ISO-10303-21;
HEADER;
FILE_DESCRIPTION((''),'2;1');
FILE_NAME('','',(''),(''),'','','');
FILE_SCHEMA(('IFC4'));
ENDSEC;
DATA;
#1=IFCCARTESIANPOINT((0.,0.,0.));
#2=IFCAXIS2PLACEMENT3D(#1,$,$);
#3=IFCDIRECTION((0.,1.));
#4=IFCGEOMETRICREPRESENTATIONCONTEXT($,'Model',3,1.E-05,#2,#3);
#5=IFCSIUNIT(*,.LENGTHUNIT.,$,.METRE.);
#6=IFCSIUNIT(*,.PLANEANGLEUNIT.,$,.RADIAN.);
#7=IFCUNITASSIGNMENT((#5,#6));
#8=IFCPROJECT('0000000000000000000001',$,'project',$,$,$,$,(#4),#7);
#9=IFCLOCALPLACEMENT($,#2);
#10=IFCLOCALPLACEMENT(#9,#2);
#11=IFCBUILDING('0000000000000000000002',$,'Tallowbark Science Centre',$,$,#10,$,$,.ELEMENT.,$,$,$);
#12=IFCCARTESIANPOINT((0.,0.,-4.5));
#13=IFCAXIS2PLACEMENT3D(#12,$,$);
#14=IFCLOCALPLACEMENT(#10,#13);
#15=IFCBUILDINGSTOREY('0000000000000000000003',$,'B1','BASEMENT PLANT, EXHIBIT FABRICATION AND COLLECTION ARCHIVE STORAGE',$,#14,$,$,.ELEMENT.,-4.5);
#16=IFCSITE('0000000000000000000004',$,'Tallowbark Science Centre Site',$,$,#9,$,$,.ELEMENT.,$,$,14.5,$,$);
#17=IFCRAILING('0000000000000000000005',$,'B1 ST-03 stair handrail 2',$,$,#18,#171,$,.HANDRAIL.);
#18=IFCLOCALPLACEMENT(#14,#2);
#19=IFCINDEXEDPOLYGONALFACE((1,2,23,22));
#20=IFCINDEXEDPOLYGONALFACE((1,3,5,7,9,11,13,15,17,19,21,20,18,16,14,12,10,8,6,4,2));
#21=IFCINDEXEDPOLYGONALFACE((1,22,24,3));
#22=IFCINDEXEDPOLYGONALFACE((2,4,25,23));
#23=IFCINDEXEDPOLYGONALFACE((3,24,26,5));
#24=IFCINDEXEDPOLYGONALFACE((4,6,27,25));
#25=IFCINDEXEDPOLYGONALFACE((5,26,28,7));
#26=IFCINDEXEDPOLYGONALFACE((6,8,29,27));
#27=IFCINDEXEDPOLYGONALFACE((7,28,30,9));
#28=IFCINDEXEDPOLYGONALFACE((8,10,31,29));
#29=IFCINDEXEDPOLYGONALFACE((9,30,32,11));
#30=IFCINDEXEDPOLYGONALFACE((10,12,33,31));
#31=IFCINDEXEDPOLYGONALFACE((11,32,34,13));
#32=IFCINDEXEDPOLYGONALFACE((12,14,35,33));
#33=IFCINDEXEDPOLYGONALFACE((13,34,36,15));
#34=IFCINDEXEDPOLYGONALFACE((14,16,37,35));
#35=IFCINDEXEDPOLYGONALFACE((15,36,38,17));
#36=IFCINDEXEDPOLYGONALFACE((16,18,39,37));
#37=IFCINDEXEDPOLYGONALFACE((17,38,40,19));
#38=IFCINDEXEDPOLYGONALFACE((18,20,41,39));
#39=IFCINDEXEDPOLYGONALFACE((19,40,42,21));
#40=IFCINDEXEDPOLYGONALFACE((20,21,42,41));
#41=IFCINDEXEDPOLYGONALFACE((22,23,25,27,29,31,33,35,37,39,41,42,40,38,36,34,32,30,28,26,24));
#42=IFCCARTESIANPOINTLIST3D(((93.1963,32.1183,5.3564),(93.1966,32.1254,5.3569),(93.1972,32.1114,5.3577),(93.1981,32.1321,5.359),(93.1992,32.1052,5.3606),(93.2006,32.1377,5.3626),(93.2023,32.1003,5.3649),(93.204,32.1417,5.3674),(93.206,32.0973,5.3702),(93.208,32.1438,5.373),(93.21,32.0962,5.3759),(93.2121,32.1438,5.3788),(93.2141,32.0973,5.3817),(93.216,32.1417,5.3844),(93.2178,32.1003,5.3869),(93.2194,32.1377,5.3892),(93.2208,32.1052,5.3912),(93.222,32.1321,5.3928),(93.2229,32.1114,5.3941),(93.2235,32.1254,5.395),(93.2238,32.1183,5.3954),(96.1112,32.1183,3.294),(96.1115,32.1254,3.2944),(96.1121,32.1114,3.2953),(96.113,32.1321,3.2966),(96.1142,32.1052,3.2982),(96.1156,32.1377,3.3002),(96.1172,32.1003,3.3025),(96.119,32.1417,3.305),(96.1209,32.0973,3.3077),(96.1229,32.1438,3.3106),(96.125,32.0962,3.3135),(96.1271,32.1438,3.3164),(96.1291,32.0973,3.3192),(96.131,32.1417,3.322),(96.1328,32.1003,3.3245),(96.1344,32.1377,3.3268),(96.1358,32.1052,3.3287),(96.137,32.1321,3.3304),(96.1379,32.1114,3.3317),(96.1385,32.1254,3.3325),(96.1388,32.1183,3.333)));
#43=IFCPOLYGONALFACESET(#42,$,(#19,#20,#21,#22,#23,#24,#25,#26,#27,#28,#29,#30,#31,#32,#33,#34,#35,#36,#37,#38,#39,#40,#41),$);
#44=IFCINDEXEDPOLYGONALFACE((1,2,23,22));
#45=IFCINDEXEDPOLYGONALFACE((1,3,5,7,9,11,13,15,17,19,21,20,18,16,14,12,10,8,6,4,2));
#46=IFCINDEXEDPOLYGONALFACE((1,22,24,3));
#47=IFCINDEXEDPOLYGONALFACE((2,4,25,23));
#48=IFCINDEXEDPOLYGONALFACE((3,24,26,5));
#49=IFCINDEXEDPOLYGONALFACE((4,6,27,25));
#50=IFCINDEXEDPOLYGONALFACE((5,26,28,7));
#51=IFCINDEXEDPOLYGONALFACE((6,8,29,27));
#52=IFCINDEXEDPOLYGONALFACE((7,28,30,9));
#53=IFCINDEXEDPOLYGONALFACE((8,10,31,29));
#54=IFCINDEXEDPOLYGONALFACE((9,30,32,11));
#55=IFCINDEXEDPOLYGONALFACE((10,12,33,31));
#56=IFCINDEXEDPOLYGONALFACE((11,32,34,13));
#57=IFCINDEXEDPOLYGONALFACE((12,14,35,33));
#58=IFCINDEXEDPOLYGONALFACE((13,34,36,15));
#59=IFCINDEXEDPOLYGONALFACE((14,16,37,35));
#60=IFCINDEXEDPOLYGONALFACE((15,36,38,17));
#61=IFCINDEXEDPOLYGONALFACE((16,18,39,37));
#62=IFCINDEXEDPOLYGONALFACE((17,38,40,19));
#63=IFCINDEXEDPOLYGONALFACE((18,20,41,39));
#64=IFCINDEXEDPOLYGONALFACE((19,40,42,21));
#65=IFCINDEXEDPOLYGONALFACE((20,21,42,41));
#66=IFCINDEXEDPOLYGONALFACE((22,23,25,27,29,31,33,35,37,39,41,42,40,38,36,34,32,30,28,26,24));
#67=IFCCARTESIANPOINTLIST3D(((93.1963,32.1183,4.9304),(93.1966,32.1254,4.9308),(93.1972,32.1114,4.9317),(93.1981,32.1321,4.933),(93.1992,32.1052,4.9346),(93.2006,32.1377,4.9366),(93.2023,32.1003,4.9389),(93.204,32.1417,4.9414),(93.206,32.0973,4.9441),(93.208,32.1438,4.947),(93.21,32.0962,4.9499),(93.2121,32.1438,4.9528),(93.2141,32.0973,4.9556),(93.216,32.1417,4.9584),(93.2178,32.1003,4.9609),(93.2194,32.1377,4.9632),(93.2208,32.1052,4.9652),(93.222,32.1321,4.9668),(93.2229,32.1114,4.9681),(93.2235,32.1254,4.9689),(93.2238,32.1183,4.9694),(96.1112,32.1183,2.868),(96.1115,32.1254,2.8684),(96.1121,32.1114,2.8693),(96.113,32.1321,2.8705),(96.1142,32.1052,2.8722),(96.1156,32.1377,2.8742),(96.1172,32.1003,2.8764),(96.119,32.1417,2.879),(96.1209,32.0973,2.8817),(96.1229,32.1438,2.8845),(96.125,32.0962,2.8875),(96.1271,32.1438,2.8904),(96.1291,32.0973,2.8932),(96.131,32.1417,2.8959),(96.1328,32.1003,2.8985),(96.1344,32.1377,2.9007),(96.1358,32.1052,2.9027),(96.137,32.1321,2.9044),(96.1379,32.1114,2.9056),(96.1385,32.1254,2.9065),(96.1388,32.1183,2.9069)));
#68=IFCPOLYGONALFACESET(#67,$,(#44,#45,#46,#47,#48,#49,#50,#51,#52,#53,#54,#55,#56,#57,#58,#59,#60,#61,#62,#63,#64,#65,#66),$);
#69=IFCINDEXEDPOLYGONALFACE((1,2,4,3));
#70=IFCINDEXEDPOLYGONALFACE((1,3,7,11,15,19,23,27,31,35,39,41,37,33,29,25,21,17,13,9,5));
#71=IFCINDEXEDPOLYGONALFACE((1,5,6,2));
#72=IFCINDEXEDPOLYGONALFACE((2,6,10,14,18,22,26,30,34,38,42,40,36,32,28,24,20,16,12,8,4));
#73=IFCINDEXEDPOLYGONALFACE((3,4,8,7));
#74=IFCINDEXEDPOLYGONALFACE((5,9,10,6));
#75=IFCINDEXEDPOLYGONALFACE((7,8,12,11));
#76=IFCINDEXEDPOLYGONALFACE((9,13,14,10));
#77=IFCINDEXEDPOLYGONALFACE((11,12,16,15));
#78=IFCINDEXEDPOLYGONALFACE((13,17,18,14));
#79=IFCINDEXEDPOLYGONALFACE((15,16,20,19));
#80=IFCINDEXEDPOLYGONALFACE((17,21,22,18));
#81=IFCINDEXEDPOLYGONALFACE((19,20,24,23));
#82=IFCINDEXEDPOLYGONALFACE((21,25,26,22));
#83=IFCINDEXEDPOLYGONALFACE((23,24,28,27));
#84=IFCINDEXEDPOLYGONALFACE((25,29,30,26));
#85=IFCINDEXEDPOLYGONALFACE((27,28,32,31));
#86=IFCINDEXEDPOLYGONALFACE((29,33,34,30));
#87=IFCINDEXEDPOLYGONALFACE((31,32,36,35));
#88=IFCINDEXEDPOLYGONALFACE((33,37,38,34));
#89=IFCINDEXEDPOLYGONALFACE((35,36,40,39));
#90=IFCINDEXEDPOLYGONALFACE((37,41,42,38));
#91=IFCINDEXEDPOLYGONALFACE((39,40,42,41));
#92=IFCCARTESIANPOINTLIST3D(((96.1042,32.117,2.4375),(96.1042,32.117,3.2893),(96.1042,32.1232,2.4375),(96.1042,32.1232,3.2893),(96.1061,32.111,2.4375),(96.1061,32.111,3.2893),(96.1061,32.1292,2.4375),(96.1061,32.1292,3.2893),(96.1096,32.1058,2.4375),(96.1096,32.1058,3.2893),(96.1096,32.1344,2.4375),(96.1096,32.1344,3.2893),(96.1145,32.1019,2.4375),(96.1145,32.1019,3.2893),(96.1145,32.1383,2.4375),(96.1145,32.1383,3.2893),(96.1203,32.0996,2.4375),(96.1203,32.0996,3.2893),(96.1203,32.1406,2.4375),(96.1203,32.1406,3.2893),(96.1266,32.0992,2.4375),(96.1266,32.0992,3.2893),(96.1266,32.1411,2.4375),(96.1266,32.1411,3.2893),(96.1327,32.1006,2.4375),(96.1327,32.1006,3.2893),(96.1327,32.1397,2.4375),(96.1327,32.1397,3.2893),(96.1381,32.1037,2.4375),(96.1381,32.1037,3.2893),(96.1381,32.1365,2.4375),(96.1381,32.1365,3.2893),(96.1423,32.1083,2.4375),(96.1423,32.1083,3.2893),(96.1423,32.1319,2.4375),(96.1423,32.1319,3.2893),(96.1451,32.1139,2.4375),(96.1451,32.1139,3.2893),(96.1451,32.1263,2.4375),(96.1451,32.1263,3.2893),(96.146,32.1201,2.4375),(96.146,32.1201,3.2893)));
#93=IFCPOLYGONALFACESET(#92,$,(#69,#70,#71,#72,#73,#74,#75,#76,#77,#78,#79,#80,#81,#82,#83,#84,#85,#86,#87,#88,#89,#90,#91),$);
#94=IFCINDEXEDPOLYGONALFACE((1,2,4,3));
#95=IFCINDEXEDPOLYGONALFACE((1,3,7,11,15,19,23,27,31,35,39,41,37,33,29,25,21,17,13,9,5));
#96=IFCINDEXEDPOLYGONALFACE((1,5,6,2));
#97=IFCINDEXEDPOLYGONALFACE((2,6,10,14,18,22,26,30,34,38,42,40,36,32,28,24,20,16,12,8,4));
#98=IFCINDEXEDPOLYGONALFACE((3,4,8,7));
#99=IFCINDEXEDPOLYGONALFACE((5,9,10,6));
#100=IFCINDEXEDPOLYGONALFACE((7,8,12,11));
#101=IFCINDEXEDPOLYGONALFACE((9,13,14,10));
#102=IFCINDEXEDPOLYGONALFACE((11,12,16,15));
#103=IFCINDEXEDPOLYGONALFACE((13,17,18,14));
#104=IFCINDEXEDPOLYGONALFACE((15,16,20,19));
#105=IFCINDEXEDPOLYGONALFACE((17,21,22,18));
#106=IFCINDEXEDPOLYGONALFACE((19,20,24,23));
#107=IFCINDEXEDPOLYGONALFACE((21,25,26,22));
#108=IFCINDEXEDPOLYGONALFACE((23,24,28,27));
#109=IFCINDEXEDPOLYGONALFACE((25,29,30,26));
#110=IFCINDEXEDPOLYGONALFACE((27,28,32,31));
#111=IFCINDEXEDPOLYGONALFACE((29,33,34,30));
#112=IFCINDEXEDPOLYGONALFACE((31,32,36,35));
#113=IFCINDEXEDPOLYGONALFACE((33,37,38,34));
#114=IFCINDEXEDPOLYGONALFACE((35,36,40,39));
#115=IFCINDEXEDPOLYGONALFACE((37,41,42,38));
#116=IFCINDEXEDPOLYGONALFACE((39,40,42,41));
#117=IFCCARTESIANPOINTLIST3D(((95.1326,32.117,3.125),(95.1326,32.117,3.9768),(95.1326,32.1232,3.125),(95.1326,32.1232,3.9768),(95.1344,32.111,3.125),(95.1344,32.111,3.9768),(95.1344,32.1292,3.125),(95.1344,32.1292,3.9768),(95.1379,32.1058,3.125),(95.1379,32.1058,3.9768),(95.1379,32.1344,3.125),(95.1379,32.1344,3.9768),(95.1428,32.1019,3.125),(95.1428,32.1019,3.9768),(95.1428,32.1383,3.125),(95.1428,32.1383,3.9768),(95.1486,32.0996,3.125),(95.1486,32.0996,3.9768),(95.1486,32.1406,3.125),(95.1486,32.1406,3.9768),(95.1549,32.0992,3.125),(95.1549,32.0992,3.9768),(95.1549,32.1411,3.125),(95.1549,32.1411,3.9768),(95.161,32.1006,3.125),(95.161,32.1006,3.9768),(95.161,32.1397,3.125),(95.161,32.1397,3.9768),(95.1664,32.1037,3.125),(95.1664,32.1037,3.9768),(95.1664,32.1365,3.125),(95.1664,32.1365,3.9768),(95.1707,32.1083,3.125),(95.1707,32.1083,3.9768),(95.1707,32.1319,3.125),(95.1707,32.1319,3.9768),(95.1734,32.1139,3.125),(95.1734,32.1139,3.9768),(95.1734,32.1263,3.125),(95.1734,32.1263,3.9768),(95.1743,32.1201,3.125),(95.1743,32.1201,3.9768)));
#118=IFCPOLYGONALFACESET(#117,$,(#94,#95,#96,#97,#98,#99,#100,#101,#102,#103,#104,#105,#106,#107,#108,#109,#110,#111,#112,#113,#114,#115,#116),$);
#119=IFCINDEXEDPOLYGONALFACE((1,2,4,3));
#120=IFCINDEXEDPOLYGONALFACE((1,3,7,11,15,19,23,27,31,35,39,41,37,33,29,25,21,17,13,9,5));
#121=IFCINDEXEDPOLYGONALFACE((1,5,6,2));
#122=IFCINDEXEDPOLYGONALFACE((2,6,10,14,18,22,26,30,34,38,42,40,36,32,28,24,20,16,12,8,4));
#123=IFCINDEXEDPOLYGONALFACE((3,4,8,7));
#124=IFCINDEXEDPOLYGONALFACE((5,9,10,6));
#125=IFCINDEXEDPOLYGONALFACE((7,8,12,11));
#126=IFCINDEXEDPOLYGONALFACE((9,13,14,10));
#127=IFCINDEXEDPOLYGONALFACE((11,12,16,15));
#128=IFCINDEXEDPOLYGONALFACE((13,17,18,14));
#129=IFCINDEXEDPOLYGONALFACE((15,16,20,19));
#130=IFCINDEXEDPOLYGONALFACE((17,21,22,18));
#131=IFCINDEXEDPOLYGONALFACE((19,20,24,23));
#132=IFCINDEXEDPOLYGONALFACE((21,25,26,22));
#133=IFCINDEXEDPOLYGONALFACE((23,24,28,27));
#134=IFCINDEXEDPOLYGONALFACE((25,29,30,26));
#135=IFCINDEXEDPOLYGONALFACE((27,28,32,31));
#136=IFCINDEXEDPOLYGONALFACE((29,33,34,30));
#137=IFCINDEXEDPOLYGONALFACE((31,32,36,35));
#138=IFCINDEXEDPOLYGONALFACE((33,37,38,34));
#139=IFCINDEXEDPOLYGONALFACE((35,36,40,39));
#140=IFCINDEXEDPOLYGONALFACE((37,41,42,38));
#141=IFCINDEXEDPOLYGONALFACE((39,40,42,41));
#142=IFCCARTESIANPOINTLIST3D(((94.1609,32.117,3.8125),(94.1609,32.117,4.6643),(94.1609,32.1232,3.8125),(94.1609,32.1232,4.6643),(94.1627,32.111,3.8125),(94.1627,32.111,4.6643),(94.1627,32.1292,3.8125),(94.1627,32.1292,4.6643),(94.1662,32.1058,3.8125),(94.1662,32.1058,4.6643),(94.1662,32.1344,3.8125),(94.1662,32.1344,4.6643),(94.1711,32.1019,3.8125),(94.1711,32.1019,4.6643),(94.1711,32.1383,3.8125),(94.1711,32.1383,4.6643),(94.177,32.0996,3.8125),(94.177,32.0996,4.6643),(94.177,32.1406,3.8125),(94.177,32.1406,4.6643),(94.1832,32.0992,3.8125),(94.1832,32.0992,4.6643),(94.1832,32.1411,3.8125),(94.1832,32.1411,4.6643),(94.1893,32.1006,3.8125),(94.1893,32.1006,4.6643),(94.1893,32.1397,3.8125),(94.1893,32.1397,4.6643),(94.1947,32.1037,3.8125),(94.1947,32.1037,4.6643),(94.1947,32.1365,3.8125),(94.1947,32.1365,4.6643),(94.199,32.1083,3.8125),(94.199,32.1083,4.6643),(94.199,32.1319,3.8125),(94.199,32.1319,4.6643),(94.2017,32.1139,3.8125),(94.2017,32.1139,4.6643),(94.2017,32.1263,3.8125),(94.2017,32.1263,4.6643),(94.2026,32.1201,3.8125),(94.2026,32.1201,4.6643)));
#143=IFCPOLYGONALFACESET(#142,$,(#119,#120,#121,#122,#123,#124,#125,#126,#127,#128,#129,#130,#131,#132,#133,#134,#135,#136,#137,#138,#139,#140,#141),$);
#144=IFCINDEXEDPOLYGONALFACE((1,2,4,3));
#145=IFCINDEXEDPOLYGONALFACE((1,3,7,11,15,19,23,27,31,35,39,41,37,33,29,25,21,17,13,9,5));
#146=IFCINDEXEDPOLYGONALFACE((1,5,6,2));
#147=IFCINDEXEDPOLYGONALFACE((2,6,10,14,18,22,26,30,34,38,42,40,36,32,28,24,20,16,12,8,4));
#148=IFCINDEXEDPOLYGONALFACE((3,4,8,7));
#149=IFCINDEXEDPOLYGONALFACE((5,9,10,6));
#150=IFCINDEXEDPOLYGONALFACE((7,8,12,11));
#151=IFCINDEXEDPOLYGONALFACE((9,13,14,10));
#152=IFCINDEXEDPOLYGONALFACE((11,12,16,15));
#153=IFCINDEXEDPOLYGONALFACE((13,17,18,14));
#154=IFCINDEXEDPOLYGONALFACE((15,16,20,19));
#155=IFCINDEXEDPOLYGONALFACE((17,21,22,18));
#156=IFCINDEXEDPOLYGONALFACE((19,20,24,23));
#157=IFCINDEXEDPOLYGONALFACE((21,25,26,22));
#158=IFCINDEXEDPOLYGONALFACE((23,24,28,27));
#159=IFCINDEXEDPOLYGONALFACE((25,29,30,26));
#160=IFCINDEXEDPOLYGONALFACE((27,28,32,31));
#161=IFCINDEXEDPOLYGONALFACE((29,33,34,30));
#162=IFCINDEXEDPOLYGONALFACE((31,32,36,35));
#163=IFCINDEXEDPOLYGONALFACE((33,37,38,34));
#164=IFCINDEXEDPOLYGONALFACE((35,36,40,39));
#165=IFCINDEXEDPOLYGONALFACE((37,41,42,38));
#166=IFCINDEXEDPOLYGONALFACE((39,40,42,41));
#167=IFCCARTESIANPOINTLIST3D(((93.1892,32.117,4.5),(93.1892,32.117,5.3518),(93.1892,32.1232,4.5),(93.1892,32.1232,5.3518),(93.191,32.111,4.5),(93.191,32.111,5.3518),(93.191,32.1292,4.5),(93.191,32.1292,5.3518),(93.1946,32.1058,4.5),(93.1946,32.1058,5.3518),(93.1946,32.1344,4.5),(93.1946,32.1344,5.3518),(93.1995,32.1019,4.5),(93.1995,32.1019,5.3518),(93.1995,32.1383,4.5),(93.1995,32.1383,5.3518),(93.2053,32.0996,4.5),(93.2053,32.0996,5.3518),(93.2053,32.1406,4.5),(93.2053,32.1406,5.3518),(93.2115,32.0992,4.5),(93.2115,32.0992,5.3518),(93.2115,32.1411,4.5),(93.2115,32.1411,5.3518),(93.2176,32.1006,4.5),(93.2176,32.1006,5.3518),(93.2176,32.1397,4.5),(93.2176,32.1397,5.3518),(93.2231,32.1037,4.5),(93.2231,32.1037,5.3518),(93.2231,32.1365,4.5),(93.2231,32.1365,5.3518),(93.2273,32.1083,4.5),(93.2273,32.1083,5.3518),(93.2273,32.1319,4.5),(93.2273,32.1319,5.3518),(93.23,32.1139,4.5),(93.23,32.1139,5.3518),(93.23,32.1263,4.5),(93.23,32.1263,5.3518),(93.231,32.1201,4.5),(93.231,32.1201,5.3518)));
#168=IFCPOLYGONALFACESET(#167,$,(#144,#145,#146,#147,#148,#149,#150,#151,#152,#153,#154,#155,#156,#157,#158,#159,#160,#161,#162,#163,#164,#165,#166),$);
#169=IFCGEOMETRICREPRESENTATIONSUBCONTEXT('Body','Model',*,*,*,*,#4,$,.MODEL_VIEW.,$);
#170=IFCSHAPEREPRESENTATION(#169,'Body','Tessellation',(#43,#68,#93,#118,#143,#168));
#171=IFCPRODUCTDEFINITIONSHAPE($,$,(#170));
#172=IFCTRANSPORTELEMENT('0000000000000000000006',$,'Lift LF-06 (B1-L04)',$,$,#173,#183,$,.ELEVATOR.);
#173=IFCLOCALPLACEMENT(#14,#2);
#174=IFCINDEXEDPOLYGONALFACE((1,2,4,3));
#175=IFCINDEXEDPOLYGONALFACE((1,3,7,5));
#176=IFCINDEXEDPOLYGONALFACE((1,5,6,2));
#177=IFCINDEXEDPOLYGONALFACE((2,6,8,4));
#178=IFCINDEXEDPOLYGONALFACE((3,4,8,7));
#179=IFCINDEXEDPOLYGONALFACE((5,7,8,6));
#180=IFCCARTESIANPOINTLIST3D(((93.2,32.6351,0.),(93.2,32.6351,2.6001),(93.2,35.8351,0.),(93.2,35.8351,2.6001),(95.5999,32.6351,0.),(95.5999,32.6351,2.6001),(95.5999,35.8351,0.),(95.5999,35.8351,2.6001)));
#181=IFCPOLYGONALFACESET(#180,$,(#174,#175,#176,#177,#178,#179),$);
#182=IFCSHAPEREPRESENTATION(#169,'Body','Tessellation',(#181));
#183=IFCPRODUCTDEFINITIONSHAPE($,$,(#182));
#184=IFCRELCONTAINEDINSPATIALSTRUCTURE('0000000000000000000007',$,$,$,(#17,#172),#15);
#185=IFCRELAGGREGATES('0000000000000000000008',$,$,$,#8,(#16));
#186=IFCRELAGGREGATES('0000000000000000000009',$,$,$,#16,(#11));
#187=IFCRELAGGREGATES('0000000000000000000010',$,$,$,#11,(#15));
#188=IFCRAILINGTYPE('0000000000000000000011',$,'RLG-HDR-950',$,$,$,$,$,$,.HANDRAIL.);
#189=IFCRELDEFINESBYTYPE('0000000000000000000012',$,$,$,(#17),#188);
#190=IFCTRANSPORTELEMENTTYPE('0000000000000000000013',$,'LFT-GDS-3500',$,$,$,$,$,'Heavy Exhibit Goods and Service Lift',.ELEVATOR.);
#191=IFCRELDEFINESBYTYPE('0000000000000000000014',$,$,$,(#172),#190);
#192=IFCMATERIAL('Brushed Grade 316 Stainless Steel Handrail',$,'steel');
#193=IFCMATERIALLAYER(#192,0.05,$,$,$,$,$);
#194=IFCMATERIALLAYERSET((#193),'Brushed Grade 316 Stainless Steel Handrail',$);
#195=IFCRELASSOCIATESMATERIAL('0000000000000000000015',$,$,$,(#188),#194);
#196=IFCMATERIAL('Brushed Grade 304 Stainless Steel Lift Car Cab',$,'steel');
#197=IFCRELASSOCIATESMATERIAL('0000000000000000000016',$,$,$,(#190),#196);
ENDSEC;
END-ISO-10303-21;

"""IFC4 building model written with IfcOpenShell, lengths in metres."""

from ifc_helpers import new_model, si_unit, direction, frame, origin, origin_2d, place, context, subcontext, project, spatial, rectangle, circle, extrude, material, layer, layer_set, type_object, element, save


model = new_model("IFC4")

# Units and contexts
model_context = context("Model", 3, precision=1e-05, world=origin(), true_north=direction((0.0, 1.0)))
body_context = subcontext(model_context, "Body", "Model", "MODEL_VIEW")
ifc_project = project(units=[si_unit("LENGTHUNIT", "METRE"), si_unit("PLANEANGLEUNIT", "RADIAN")], contexts=[model_context])

# Site, building, storey
site_placement = place(None, origin())
site = spatial("IfcSite", under=ifc_project, at=site_placement, Name="Tallowbark Science Centre Site", CompositionType="ELEMENT", RefElevation=14.5)
building_placement = place(site_placement, origin())
building = spatial("IfcBuilding", under=site, at=building_placement, Name="Tallowbark Science Centre", CompositionType="ELEMENT")
storey_placement = place(building_placement, frame((0.0, 0.0, -4.5)))
storey = spatial("IfcBuildingStorey", under=building, at=storey_placement, Name="B1", Description="BASEMENT PLANT, EXHIBIT FABRICATION AND COLLECTION ARCHIVE STORAGE", CompositionType="ELEMENT", Elevation=-4.5)

# Railing
ifc_material_1 = material(Name="Brushed Grade 316 Stainless Steel Handrail", Category="steel")
ifc_layer_1 = layer(ifc_material_1, 0.05)
ifc_layer_set_1 = layer_set([ifc_layer_1], Name="Brushed Grade 316 Stainless Steel Handrail")
railing_type = type_object("IfcRailingType", Name="RLG-HDR-950", PredefinedType="HANDRAIL", material=ifc_layer_set_1)
railing_placement = place(storey_placement, frame((96.125, 32.1201, 2.4375)))
element("IfcRailing", 1, at=railing_placement, inside=storey, type_object=railing_type, Name="B1 ST-03 stair handrail 2", PredefinedType="HANDRAIL", context=body_context, shape_type="SweptSolid", body=[
    extrude(circle(Radius=0.0239, at=origin_2d()), frame((0.0, 0.0, 0.876), z_axis=(-0.816331, 0.0, 0.577585), x_axis=(0.0, -1.0, 0.0)), (0.0, 0.0, 1.0), 3.5708),
    extrude(circle(Radius=0.0239, at=origin_2d()), frame((0.0, 0.0, 0.45), z_axis=(-0.816331, 0.0, 0.577585), x_axis=(0.0, -1.0, 0.0)), (0.0, 0.0, 1.0), 3.5708),
    extrude(circle(Radius=0.021, at=origin_2d()), origin(), (0.0, 0.0, 1.0), 0.8518),
    extrude(circle(Radius=0.021, at=origin_2d()), frame((-0.9717, 0.0, 0.6875)), (0.0, 0.0, 1.0), 0.8518),
    extrude(circle(Radius=0.021, at=origin_2d()), frame((-1.9434, 0.0, 1.375)), (0.0, 0.0, 1.0), 0.8518),
    extrude(circle(Radius=0.021, at=origin_2d()), frame((-2.915, 0.0, 2.0625)), (0.0, 0.0, 1.0), 0.8518),
])

# Transport element
ifc_material_2 = material(Name="Brushed Grade 304 Stainless Steel Lift Car Cab", Category="steel")
transport_element_type = type_object("IfcTransportElementType", Name="LFT-GDS-3500", ElementType="Heavy Exhibit Goods and Service Lift", PredefinedType="ELEVATOR", material=ifc_material_2)
transport_element_placement = place(storey_placement, frame((94.3999, 34.2351, 0.0), z_axis=(0.0, 0.0, 1.0), x_axis=(1.0, 0.0, 0.0)))
element("IfcTransportElement", 2, at=transport_element_placement, inside=storey, type_object=transport_element_type, Name="Lift LF-06 (B1-L04)", PredefinedType="ELEVATOR", context=body_context, shape_type="SweptSolid", body=[
    extrude(rectangle(XDim=2.3999, YDim=3.2, at=origin_2d()), origin(), (0.0, 0.0, 1.0), 2.6001),
])

save(model, "model.ifc")
